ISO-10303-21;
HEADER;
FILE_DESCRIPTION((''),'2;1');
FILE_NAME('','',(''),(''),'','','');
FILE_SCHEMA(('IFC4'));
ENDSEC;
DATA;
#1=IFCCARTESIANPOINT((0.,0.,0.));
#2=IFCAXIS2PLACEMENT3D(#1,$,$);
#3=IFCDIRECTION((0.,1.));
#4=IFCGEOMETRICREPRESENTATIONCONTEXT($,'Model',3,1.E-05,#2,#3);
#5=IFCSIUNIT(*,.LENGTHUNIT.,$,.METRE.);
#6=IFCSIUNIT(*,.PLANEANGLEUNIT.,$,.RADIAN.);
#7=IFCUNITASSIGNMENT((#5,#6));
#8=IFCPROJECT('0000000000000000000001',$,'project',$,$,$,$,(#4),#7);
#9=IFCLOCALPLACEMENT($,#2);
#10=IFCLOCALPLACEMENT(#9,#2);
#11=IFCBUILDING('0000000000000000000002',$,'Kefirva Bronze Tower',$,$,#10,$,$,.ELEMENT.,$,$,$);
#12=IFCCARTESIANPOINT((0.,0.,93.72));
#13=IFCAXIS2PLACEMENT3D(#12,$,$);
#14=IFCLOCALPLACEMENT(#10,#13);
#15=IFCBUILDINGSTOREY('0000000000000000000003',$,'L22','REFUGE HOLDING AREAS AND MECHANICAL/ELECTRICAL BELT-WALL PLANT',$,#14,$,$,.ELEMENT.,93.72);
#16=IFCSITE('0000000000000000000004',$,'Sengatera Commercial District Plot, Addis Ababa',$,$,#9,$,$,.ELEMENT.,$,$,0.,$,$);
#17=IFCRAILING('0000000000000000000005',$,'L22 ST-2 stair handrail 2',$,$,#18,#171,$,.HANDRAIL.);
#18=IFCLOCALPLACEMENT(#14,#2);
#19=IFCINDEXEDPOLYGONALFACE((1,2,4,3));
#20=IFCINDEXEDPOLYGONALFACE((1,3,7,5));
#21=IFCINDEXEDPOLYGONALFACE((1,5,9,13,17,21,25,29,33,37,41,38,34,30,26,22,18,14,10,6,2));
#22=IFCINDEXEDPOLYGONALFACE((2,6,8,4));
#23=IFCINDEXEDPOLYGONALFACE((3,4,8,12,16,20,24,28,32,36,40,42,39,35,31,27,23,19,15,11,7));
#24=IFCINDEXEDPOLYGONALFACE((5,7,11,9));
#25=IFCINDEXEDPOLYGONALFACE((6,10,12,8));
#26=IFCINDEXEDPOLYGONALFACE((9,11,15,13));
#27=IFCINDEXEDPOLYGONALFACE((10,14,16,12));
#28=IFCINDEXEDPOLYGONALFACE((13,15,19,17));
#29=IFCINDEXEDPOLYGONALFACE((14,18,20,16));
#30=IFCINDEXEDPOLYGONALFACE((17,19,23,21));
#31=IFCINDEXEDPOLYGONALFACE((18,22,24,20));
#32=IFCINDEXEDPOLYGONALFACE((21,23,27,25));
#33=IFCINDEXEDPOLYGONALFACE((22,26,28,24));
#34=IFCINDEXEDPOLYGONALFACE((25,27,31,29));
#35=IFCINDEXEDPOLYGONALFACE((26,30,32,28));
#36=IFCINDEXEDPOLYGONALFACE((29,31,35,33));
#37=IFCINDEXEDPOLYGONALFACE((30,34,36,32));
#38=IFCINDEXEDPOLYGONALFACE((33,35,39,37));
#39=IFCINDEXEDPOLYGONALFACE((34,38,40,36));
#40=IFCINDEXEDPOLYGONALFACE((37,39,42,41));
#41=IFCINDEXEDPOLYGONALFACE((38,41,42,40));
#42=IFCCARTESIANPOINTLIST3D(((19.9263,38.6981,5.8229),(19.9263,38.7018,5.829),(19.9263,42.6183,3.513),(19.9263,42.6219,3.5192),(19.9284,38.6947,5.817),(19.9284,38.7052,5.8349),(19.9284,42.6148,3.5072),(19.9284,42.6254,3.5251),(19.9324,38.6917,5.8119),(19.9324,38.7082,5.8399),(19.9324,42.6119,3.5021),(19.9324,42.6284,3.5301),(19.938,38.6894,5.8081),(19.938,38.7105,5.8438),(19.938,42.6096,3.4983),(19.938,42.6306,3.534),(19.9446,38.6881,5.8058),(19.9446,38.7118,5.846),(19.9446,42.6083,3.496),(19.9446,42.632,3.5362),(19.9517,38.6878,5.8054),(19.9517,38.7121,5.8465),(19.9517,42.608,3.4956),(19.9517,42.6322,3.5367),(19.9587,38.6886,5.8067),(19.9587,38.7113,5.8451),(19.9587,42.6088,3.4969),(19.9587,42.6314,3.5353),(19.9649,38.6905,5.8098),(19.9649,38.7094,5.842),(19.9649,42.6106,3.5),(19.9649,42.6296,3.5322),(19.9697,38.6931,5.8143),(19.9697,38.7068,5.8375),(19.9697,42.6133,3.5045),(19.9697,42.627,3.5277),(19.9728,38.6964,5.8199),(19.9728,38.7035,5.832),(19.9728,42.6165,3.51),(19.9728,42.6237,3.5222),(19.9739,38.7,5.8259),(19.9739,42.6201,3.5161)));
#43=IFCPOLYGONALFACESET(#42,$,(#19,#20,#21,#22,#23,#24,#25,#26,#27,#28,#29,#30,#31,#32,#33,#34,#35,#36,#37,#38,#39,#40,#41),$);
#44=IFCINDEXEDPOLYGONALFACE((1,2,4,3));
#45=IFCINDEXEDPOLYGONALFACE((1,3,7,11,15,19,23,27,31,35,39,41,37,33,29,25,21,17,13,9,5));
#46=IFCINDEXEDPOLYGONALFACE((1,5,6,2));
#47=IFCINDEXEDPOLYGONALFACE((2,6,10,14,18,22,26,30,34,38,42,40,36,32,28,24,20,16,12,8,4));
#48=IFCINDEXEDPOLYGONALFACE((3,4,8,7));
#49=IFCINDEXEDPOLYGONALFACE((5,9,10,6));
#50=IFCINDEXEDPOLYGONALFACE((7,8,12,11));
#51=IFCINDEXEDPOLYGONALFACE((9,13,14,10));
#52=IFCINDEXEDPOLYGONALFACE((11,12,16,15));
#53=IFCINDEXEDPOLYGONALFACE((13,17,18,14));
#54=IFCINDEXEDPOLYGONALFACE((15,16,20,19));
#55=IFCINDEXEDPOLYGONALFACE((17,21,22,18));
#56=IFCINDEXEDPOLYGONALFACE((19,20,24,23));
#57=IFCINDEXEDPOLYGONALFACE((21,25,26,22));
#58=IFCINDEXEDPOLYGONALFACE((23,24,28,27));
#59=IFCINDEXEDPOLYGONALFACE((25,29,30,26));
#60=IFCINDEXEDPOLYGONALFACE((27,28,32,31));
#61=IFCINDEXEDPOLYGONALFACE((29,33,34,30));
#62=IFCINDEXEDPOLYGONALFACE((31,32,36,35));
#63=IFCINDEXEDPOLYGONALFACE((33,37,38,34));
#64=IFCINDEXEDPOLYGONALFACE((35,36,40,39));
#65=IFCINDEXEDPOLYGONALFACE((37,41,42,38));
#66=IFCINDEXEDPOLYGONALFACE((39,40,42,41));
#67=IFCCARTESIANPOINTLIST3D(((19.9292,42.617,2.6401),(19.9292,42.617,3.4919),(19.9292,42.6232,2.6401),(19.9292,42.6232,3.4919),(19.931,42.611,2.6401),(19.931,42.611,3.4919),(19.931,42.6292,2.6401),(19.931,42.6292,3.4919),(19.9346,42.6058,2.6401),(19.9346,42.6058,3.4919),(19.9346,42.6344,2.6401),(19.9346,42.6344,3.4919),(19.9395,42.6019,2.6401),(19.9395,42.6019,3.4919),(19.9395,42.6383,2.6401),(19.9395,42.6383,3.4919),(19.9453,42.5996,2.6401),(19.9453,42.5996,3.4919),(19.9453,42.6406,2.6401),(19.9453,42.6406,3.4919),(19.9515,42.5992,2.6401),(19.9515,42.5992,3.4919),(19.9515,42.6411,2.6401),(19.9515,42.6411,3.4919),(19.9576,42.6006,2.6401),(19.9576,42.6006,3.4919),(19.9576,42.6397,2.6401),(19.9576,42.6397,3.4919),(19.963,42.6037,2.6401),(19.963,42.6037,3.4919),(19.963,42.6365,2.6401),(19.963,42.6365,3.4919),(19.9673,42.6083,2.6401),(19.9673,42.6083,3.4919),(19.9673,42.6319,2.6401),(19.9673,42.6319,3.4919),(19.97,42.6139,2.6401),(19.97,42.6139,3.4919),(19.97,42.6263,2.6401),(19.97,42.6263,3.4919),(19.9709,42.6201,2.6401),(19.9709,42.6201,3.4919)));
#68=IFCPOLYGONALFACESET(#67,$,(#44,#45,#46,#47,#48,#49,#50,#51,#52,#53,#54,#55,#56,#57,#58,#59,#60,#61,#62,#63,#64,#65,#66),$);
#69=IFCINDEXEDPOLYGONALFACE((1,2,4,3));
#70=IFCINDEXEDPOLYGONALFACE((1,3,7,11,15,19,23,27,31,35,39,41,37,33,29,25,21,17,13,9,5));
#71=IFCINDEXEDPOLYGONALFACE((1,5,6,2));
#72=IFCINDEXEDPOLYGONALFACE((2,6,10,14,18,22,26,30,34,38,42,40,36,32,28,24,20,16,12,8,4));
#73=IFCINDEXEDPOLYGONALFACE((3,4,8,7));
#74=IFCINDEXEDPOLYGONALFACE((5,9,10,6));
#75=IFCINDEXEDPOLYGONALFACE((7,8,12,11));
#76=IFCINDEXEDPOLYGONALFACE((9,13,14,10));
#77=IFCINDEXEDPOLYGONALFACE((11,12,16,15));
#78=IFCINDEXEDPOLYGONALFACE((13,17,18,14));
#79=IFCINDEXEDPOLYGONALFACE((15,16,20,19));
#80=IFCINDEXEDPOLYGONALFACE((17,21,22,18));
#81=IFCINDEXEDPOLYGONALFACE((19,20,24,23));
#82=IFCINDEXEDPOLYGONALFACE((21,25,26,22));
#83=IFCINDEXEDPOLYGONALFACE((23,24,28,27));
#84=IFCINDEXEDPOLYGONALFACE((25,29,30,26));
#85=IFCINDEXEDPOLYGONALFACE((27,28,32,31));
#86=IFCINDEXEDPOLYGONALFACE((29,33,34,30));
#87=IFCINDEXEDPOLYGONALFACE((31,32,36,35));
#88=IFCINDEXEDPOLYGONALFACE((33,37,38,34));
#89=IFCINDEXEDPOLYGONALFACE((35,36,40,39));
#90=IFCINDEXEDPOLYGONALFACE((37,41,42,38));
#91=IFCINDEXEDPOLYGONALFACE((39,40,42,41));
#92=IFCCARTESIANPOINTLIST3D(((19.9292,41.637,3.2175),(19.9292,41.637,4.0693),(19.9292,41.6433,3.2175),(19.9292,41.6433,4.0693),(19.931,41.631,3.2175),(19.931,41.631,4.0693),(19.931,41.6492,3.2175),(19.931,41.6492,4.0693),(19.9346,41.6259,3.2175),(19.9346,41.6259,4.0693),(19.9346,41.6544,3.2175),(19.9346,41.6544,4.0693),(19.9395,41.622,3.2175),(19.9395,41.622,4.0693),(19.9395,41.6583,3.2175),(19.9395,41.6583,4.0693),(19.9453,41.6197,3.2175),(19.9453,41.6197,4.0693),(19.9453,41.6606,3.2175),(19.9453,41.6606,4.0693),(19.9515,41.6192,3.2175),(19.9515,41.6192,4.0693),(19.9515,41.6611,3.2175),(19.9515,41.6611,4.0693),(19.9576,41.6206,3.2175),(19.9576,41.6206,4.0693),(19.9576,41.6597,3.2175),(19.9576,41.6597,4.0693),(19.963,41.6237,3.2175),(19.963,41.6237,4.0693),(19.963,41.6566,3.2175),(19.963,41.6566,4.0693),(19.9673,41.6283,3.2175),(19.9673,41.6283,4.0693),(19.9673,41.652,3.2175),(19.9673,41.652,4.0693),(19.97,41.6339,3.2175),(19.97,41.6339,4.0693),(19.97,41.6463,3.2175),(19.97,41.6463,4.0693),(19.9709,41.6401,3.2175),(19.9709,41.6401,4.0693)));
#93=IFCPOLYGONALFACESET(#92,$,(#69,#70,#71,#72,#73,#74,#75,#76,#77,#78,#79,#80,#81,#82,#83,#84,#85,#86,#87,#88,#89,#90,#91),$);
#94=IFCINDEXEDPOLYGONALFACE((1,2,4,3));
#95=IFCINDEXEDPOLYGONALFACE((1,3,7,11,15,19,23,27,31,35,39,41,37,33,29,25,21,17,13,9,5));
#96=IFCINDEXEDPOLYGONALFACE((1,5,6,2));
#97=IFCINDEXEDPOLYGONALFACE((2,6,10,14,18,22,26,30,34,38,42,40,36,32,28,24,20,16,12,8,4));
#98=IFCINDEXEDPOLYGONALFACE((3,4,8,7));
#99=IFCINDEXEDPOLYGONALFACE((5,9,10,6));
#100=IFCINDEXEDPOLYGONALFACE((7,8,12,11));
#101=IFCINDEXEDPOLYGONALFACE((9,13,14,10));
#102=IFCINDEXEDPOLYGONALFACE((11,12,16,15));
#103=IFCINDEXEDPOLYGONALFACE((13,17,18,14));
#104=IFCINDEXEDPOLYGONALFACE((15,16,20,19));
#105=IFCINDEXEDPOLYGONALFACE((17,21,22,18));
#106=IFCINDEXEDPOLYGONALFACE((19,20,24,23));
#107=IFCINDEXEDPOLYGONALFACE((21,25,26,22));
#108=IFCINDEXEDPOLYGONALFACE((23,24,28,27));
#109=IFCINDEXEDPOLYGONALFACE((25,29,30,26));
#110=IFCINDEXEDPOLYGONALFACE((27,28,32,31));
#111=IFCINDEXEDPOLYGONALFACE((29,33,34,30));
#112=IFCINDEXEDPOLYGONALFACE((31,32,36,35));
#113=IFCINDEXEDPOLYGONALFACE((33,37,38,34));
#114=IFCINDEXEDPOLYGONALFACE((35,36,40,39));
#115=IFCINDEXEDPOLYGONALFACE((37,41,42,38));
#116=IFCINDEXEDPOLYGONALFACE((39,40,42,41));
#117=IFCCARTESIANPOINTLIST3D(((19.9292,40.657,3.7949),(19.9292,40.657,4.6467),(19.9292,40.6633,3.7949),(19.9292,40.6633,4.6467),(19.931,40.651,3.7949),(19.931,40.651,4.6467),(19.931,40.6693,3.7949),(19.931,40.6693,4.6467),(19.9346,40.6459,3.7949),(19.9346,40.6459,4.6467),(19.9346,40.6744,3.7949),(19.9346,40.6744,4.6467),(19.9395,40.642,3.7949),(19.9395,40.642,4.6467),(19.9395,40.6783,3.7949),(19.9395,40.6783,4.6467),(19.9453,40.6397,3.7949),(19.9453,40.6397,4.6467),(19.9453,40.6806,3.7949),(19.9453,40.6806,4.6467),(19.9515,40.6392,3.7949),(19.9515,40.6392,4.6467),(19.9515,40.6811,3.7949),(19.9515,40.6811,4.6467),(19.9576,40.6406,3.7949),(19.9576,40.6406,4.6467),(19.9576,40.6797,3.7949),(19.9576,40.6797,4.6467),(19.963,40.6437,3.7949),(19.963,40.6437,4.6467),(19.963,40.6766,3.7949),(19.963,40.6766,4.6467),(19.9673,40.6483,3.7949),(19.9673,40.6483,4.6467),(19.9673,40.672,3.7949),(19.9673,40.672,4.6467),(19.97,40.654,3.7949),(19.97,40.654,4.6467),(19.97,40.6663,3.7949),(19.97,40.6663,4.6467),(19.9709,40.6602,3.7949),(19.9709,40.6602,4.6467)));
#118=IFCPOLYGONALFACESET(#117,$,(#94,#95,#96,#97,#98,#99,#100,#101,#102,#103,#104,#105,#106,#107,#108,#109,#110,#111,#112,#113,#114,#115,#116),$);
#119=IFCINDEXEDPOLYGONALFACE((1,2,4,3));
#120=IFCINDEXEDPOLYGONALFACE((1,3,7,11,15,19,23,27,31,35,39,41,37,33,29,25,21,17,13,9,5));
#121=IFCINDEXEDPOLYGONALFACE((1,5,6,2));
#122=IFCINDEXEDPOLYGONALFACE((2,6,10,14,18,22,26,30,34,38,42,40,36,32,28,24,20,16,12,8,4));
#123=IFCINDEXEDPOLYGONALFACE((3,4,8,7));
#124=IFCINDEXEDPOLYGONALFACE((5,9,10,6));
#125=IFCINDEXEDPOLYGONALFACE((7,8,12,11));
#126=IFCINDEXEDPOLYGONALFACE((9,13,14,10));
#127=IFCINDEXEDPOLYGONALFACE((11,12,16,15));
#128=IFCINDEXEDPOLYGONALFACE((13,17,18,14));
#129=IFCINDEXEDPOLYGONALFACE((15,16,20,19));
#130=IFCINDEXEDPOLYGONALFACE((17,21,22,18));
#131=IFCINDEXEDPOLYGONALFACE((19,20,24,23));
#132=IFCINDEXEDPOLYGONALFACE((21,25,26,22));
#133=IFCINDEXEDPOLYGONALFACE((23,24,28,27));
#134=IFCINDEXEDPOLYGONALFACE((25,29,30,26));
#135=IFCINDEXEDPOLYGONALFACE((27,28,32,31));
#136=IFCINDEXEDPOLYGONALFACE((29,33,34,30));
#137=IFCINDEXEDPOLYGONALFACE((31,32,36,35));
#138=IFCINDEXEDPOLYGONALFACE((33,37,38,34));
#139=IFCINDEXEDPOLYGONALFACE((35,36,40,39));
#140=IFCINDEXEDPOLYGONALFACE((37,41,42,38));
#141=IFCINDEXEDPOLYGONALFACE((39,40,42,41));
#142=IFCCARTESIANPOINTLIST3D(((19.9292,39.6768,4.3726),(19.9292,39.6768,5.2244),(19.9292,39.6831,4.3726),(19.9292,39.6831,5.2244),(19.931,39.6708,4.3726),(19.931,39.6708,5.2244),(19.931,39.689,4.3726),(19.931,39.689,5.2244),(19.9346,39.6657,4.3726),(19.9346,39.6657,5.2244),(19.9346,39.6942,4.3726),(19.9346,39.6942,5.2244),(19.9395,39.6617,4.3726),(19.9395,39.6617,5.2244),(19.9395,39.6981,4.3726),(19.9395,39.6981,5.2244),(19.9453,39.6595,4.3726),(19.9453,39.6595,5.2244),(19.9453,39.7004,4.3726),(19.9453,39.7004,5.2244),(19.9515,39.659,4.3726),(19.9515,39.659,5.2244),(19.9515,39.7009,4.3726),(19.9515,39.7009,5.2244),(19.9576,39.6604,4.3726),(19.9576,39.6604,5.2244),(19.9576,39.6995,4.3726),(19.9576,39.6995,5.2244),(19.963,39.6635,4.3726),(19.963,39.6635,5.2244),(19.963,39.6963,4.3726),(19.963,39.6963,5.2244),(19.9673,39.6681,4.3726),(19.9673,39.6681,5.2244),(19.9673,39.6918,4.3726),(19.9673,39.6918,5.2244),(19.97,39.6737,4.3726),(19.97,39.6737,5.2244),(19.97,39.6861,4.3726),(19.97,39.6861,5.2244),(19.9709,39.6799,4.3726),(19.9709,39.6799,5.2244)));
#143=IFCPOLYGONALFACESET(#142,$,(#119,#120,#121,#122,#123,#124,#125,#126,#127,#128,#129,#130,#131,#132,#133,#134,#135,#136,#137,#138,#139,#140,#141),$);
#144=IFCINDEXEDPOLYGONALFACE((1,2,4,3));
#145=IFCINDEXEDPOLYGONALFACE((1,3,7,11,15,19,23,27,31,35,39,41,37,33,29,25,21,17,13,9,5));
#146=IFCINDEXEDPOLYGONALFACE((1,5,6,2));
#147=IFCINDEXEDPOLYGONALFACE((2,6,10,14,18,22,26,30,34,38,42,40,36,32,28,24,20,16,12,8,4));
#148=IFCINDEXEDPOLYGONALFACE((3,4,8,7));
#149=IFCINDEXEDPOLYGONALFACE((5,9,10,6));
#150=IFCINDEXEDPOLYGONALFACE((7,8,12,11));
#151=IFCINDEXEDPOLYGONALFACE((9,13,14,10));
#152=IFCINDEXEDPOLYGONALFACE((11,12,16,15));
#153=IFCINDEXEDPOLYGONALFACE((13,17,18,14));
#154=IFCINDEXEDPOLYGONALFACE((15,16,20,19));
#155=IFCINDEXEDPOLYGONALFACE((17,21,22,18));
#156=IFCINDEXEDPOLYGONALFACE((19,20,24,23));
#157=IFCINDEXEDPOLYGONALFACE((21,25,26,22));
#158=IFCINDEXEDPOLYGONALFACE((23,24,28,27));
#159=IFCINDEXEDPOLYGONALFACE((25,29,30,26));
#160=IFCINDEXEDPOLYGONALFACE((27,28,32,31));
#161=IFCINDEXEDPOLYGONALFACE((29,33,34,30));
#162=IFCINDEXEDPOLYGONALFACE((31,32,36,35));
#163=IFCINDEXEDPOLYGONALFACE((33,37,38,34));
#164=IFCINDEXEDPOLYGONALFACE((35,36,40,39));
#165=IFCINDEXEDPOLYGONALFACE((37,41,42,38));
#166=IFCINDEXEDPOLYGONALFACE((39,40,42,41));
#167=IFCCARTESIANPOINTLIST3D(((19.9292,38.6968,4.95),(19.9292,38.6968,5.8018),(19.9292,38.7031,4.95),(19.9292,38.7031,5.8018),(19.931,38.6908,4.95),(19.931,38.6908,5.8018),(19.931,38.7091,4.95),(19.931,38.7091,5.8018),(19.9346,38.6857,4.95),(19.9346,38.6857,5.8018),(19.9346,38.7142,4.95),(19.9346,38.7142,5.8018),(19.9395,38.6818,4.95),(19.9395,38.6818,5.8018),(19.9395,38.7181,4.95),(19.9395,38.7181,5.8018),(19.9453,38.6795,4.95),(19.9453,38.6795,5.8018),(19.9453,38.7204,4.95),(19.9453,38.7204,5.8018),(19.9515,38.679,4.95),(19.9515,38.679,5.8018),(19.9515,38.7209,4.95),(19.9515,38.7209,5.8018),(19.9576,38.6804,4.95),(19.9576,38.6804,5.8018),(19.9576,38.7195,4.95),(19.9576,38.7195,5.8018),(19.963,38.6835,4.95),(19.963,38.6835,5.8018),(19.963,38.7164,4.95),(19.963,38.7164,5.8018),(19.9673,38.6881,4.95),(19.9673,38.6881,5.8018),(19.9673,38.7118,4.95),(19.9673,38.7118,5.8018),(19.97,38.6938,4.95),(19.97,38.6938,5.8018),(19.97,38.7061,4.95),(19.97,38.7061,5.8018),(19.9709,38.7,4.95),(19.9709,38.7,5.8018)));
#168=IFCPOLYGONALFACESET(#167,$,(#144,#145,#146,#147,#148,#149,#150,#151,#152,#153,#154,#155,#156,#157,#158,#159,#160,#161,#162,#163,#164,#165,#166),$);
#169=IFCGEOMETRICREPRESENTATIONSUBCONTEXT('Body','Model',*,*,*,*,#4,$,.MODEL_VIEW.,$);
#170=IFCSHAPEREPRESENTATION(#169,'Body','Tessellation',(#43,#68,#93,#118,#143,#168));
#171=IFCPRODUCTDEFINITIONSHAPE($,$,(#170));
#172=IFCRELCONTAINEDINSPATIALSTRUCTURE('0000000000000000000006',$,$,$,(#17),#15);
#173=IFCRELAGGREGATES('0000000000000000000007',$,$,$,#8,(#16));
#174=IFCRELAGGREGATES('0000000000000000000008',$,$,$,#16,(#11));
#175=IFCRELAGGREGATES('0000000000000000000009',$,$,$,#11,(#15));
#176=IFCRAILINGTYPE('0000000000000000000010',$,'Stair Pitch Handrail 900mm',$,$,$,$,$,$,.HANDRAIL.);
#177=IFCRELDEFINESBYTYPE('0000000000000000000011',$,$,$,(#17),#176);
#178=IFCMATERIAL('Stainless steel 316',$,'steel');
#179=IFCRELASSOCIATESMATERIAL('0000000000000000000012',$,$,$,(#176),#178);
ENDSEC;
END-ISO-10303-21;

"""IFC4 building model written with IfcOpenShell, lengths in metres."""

from ifc_helpers import new_model, si_unit, direction, frame, origin, origin_2d, place, context, subcontext, project, spatial, circle, extrude, material, type_object, element, save


model = new_model("IFC4")

# Units and contexts
model_context = context("Model", 3, precision=1e-05, world=origin(), true_north=direction((0.0, 1.0)))
body_context = subcontext(model_context, "Body", "Model", "MODEL_VIEW")
ifc_project = project(units=[si_unit("LENGTHUNIT", "METRE"), si_unit("PLANEANGLEUNIT", "RADIAN")], contexts=[model_context])

# Site, building, storey
site_placement = place(None, origin())
site = spatial("IfcSite", under=ifc_project, at=site_placement, Name="Sengatera Commercial District Plot, Addis Ababa", CompositionType="ELEMENT", RefElevation=0.0)
building_placement = place(site_placement, origin())
building = spatial("IfcBuilding", under=site, at=building_placement, Name="Kefirva Bronze Tower", CompositionType="ELEMENT")
storey_placement = place(building_placement, frame((0.0, 0.0, 93.72)))
storey = spatial("IfcBuildingStorey", under=building, at=storey_placement, Name="L22", Description="REFUGE HOLDING AREAS AND MECHANICAL/ELECTRICAL BELT-WALL PLANT", CompositionType="ELEMENT", Elevation=93.72)

# Railing
ifc_material_1 = material(Name="Stainless steel 316", Category="steel")
railing_type_1 = type_object("IfcRailingType", Name="Stair Pitch Handrail 900mm", PredefinedType="HANDRAIL", material=ifc_material_1)
railing_1_placement = place(storey_placement, frame((19.95, 42.6201, 2.6401)))
element("IfcRailing", 1, at=railing_1_placement, inside=storey, type_object=railing_type_1, Name="L22 ST-2 stair handrail 2", PredefinedType="HANDRAIL", context=body_context, shape_type="SweptSolid", body=[
    extrude(circle(Radius=0.0239, at=origin_2d()), frame((0.0, 0.0, 0.876), z_axis=(0.0, -0.861566, 0.507646), x_axis=(1.0, 0.0, 0.0)), (0.0, 0.0, 1.0), 4.55),
    extrude(circle(Radius=0.021, at=origin_2d()), origin(), (0.0, 0.0, 1.0), 0.8518),
    extrude(circle(Radius=0.021, at=origin_2d()), frame((0.0, -0.98, 0.5774)), (0.0, 0.0, 1.0), 0.8518),
    extrude(circle(Radius=0.021, at=origin_2d()), frame((0.0, -1.96, 1.1548)), (0.0, 0.0, 1.0), 0.8518),
    extrude(circle(Radius=0.021, at=origin_2d()), frame((0.0, -2.9402, 1.7324)), (0.0, 0.0, 1.0), 0.8518),
    extrude(circle(Radius=0.021, at=origin_2d()), frame((0.0, -3.9202, 2.3098)), (0.0, 0.0, 1.0), 0.8518),
])

save(model, "model.ifc")
